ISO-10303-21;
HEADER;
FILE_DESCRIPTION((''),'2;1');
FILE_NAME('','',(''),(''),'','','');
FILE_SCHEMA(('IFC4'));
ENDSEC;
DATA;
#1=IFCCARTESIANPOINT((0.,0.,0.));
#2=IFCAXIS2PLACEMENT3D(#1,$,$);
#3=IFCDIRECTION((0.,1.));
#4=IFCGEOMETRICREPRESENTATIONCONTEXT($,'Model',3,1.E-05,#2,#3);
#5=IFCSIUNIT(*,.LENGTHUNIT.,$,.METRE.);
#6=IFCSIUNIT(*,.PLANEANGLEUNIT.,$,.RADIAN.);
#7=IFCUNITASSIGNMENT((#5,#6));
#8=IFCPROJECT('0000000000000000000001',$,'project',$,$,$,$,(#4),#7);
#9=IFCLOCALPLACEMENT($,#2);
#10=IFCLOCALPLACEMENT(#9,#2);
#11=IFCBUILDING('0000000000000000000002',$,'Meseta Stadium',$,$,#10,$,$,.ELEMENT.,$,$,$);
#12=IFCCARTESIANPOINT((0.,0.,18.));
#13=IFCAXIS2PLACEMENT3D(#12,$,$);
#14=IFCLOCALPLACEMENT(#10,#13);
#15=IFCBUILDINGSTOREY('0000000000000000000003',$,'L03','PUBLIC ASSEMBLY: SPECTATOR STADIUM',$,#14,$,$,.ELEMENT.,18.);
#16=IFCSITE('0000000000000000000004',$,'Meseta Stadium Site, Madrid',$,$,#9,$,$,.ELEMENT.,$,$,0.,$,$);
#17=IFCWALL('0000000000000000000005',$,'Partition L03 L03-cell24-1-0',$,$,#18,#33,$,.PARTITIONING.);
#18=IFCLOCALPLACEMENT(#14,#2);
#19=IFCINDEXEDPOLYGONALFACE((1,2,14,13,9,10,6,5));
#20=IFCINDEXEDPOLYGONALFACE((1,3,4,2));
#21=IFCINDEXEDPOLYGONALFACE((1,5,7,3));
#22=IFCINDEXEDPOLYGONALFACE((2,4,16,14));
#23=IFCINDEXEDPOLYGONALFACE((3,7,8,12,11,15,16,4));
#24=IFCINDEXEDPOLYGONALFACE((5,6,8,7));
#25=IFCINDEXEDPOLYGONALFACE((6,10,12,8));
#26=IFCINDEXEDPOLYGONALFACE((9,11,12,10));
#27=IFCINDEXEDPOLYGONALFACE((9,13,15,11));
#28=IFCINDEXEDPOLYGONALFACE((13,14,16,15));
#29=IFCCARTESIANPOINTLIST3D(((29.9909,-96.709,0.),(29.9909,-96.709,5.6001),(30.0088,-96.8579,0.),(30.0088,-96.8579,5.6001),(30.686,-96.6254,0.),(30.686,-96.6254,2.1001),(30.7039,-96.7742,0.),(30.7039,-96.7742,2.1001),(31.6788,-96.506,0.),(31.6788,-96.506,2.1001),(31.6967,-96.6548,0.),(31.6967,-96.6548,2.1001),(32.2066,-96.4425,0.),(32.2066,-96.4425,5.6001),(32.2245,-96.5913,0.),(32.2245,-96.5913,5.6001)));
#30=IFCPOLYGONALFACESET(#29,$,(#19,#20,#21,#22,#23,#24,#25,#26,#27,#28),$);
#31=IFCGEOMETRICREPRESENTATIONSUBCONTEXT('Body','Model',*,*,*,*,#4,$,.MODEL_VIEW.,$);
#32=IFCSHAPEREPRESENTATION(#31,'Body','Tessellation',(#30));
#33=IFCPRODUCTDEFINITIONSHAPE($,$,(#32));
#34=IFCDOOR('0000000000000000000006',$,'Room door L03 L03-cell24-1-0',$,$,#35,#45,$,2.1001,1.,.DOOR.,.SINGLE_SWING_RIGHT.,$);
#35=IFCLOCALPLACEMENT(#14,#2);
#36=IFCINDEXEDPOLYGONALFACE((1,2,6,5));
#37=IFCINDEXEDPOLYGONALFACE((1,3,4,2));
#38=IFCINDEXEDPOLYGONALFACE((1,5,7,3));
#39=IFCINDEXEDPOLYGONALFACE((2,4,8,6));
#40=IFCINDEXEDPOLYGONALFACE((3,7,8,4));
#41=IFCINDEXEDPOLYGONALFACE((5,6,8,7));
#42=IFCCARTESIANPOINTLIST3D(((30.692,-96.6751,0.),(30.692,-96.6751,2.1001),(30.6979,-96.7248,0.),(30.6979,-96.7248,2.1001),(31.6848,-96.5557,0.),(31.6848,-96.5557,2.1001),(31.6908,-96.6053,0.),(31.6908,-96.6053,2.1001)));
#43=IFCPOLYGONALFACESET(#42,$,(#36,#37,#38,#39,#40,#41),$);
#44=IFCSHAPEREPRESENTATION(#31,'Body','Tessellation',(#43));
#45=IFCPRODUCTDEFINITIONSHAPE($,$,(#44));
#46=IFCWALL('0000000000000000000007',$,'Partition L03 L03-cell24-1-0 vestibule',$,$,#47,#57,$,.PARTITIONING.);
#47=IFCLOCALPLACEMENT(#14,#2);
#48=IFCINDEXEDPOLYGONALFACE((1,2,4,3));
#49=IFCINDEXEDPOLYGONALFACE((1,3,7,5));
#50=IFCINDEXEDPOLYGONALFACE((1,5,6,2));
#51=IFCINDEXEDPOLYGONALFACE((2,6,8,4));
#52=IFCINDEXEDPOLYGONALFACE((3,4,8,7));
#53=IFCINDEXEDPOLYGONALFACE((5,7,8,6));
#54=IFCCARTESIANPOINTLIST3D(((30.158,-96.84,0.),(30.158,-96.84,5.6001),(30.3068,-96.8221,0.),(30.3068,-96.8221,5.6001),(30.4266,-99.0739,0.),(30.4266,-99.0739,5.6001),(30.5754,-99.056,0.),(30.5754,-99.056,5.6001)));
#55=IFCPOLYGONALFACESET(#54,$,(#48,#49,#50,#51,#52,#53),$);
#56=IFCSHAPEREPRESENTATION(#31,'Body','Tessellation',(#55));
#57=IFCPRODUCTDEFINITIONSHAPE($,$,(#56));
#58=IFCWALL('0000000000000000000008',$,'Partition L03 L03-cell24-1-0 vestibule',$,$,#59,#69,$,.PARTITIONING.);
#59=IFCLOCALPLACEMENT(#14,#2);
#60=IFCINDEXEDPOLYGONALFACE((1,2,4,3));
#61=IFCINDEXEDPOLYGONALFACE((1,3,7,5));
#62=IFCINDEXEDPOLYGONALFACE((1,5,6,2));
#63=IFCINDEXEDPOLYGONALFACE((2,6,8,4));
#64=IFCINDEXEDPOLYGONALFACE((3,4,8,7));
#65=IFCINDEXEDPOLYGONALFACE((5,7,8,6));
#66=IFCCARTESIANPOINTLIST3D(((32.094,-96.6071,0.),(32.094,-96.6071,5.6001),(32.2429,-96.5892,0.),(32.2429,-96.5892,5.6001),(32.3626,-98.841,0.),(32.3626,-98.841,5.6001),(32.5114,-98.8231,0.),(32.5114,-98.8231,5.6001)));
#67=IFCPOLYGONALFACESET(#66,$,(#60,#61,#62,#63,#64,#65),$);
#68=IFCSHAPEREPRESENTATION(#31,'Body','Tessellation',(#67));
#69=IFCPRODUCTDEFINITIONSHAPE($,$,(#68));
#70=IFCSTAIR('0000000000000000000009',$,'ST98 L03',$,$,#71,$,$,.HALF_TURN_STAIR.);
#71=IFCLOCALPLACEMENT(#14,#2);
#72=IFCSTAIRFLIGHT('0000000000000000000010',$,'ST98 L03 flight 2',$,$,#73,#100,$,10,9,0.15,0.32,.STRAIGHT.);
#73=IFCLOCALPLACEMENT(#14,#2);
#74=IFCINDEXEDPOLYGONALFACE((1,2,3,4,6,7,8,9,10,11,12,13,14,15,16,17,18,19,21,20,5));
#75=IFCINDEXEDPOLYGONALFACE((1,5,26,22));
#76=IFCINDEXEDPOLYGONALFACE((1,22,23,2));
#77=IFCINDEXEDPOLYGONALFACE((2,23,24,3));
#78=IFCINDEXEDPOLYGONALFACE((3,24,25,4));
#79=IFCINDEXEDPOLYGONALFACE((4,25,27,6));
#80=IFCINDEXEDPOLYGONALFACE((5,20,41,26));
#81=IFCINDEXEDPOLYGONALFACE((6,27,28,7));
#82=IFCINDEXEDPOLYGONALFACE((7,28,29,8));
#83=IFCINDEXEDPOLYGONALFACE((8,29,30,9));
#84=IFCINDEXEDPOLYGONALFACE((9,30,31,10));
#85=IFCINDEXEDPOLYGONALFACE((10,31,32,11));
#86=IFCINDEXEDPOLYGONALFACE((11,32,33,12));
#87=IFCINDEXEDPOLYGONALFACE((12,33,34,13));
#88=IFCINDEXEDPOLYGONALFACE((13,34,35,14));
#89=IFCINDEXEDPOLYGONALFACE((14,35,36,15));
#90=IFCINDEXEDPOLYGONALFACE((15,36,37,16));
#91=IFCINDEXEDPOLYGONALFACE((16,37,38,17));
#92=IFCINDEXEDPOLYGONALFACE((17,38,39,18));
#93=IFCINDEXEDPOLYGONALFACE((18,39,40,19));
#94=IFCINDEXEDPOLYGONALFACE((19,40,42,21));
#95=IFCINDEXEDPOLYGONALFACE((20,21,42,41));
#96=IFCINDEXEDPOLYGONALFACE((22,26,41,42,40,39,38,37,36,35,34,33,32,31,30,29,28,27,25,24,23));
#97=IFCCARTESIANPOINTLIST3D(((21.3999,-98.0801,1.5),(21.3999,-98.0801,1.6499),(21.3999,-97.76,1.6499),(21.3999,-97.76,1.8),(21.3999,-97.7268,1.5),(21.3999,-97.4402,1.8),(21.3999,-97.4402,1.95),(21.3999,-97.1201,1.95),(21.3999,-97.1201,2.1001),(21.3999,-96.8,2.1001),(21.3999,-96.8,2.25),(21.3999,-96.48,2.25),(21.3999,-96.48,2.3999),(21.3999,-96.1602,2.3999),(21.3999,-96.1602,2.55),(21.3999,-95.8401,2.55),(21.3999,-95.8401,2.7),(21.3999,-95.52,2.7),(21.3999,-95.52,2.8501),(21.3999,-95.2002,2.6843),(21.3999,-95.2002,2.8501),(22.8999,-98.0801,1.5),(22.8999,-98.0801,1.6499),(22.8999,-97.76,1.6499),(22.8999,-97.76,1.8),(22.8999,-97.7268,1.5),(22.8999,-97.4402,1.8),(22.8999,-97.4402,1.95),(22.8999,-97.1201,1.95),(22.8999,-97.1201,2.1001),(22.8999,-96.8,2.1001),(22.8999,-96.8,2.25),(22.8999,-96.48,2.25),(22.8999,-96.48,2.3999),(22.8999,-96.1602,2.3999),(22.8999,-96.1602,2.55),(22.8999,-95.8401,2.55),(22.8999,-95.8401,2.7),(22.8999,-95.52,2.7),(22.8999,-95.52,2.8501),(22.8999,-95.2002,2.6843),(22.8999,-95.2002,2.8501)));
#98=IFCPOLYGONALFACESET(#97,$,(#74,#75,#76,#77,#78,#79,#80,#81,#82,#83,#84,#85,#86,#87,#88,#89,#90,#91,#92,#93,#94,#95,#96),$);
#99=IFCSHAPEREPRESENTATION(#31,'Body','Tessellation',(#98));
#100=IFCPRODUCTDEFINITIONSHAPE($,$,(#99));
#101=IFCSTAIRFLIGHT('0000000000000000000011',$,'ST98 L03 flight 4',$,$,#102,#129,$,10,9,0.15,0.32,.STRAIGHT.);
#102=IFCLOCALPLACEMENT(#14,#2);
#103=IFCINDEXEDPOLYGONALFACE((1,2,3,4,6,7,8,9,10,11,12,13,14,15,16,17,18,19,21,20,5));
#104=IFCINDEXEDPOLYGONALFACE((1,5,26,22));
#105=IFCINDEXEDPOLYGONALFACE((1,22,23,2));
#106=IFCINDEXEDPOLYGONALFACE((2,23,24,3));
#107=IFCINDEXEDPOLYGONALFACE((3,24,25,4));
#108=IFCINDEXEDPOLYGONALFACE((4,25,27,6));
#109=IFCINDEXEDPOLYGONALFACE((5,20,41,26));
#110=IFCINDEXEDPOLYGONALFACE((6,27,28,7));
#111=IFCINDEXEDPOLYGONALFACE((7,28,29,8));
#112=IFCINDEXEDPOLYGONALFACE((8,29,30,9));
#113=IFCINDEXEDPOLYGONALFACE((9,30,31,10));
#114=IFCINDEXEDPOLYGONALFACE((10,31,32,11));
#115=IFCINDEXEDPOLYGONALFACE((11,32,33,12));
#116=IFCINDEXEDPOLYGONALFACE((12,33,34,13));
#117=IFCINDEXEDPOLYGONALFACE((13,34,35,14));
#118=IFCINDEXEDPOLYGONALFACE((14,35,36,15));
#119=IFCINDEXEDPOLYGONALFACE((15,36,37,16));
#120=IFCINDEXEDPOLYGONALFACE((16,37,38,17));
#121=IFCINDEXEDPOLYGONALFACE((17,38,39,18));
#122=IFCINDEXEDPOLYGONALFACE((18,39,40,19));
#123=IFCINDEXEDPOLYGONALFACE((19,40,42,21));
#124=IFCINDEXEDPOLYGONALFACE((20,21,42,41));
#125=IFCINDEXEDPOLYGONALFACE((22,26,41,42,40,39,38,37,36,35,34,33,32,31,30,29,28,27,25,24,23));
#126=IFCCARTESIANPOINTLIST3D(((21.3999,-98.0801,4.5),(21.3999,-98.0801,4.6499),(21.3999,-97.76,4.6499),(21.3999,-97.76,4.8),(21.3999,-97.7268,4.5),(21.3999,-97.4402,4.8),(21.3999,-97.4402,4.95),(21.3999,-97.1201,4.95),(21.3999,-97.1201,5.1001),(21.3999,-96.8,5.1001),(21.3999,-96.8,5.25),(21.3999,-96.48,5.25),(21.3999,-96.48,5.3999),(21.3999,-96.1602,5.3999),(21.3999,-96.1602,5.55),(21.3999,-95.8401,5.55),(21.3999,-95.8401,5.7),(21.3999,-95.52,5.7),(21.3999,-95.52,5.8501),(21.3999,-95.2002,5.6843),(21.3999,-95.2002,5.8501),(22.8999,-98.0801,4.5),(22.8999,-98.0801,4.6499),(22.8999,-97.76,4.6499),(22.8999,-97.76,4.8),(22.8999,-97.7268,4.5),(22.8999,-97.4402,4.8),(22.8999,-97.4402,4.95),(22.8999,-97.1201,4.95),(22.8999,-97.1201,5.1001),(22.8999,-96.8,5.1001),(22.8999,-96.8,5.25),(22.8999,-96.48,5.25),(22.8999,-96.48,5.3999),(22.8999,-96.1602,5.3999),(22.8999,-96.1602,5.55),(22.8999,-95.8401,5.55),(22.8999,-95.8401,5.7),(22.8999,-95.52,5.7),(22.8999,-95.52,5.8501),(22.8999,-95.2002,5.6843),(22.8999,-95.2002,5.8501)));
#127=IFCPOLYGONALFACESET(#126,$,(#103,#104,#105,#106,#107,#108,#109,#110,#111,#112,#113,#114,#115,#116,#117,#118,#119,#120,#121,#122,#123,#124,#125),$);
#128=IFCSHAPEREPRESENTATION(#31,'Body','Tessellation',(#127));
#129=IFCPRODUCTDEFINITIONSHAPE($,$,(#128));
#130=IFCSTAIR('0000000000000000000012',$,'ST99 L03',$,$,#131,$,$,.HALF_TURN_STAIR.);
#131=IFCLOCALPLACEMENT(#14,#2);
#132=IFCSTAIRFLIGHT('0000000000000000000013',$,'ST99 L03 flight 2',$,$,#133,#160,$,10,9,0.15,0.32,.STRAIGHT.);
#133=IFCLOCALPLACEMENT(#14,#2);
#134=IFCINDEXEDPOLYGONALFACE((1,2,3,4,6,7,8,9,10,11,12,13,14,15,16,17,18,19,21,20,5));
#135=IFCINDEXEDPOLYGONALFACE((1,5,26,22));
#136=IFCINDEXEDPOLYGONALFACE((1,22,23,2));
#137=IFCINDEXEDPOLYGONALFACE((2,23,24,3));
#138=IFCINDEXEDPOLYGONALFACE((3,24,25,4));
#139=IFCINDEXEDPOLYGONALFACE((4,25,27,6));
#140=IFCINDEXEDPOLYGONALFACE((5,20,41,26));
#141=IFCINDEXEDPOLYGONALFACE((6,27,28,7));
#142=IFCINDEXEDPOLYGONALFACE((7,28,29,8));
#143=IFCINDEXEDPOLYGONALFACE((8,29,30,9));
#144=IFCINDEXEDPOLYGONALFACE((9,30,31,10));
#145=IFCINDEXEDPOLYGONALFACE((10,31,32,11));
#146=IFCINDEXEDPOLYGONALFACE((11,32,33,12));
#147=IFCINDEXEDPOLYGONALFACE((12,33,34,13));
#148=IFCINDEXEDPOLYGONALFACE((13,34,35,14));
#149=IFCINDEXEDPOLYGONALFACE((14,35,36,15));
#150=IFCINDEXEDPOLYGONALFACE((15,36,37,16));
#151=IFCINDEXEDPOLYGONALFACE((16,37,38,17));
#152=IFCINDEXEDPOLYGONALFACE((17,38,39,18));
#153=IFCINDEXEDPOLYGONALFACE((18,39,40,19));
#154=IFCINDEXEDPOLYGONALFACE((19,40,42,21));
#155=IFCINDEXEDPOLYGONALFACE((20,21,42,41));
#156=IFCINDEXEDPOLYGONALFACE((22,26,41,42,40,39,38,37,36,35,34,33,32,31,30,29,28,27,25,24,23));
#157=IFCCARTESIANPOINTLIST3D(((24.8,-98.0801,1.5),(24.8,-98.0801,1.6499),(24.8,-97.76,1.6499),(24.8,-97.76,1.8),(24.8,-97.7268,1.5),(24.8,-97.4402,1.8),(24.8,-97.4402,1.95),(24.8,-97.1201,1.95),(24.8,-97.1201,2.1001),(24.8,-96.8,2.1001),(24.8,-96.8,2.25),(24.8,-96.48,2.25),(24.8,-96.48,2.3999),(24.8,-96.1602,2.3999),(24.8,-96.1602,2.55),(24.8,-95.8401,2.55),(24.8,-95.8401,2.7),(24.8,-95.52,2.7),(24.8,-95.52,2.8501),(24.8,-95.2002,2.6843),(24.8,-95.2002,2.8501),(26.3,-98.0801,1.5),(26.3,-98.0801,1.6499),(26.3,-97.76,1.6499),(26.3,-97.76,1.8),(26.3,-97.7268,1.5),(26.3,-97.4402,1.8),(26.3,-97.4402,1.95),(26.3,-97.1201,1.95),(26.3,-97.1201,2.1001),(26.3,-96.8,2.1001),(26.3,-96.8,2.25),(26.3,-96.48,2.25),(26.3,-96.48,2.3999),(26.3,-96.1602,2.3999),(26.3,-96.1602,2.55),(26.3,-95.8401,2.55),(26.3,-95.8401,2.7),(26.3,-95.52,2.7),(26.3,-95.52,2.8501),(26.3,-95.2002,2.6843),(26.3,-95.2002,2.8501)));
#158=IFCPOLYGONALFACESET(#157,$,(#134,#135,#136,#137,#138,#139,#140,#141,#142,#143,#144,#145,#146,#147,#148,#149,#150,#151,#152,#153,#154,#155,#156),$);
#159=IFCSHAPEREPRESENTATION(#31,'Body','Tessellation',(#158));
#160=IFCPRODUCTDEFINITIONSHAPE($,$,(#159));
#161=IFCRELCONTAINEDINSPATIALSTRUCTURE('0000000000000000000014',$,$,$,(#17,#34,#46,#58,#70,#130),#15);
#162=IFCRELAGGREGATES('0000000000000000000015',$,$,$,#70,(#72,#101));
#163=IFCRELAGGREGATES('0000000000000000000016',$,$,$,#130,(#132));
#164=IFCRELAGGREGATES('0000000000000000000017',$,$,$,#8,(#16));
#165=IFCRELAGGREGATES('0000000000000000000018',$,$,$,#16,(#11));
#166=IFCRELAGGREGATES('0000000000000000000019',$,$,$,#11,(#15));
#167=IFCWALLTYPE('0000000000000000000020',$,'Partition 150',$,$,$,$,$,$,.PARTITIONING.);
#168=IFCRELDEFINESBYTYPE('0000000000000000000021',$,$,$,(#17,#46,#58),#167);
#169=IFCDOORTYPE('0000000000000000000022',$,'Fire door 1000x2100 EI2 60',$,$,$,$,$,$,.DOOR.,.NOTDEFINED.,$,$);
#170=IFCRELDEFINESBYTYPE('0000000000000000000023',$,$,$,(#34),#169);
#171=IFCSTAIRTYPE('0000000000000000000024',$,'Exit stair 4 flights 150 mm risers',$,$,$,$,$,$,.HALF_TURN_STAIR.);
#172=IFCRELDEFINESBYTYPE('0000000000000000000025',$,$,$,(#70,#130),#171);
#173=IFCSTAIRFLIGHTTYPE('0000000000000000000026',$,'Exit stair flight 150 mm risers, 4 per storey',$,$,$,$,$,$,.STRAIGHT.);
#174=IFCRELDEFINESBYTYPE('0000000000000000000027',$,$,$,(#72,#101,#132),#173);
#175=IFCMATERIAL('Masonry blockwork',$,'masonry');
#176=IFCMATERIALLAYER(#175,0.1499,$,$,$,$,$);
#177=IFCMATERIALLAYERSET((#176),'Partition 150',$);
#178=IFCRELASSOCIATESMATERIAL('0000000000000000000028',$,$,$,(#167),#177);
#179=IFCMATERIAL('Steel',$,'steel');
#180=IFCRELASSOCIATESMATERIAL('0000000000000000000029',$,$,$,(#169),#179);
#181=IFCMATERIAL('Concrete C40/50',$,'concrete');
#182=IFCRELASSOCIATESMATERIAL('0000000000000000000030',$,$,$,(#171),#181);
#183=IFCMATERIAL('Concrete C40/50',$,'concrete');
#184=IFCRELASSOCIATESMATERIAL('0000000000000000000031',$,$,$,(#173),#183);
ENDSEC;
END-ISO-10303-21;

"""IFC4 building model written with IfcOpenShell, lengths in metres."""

from ifc_helpers import new_model, si_unit, direction, frame, frame_2d, origin, place, context, subcontext, project, spatial, polyline, rectangle, outline, extrude, material, layer, layer_set, type_object, element, fill, aggregate, save


model = new_model("IFC4")

# Units and contexts
model_context = context("Model", 3, precision=1e-05, world=origin(), true_north=direction((0.0, 1.0)))
body_context = subcontext(model_context, "Body", "Model", "MODEL_VIEW")
ifc_project = project(units=[si_unit("LENGTHUNIT", "METRE"), si_unit("PLANEANGLEUNIT", "RADIAN")], contexts=[model_context])

# Site, building, storey
site_placement = place(None, origin())
site = spatial("IfcSite", under=ifc_project, at=site_placement, Name="Meseta Stadium Site, Madrid", CompositionType="ELEMENT", RefElevation=0.0)
building_placement = place(site_placement, origin())
building = spatial("IfcBuilding", under=site, at=building_placement, Name="Meseta Stadium", CompositionType="ELEMENT")
storey_placement = place(building_placement, frame((0.0, 0.0, 18.0)))
storey = spatial("IfcBuildingStorey", under=building, at=storey_placement, Name="L03", Description="PUBLIC ASSEMBLY: SPECTATOR STADIUM", CompositionType="ELEMENT", Elevation=18.0)

# Wall, opening, door
ifc_material_1 = material(Name="Masonry blockwork", Category="masonry")
ifc_layer = layer(ifc_material_1, 0.1499)
ifc_layer_set = layer_set([ifc_layer], Name="Partition 150")
wall_type = type_object("IfcWallType", Name="Partition 150", PredefinedType="PARTITIONING", material=ifc_layer_set)
wall_placement = place(storey_placement, frame((30.0, -96.7834, 0.0), z_axis=(0.0, 0.0, 1.0), x_axis=(0.99284, 0.119456, 0.0)))
wall = element("IfcWall", 1, at=wall_placement, inside=storey, type_object=wall_type, Name="Partition L03 L03-cell24-1-0", PredefinedType="PARTITIONING", context=body_context, shape_type="SweptSolid", body=[
    extrude(rectangle(XDim=2.2317, YDim=0.1499, at=frame_2d((1.1157, 0.0))), origin(), (0.0, 0.0, 1.0), 5.6001),
])
opening_placement = place(wall_placement, frame((0.7, 0.0, 0.0)))
opening = element("IfcOpeningElement", 2, at=opening_placement, cuts=wall, PredefinedType="OPENING", context=body_context, shape_type="SweptSolid", body=[
    extrude(rectangle(XDim=1.0, YDim=2.1001, at=frame_2d((0.5, 1.05))), frame((0.0, 0.085, 0.0), z_axis=(0.0, -1.0, 0.0), x_axis=(1.0, 0.0, 0.0)), (0.0, 0.0, 1.0), 0.1699),
])
ifc_material_2 = material(Name="Steel", Category="steel")
door_type = type_object("IfcDoorType", Name="Fire door 1000x2100 EI2 60", OperationType="NOTDEFINED", PredefinedType="DOOR", material=ifc_material_2)
door_placement = place(opening_placement, origin())
door = element("IfcDoor", 3, at=door_placement, inside=storey, type_object=door_type, Name="Room door L03 L03-cell24-1-0", OperationType="SINGLE_SWING_RIGHT", OverallHeight=2.1001, OverallWidth=1.0, PredefinedType="DOOR", context=body_context, shape_type="SweptSolid", body=[
    extrude(rectangle(XDim=1.0, YDim=2.1001, at=frame_2d((0.5, 1.05))), frame((0.0, 0.0249, 0.0), z_axis=(0.0, -1.0, 0.0), x_axis=(1.0, 0.0, 0.0)), (0.0, 0.0, 1.0), 0.05),
])
fill(opening, door)

# Walls
for number, where, z_axis, x_axis, name in (
    (4, (30.2324, -96.8311, 0.0), (0.0, 0.0, 1.0), (0.119359, -0.992851, 0.0), "Partition L03 L03-cell24-1-0 vestibule"),
    (5, (32.1685, -96.5981, 0.0), (0.0, 0.0, 1.0), (0.119359, -0.992851, 0.0), "Partition L03 L03-cell24-1-0 vestibule"),
):
    element("IfcWall", number, at=place(storey_placement, frame(where, z_axis=z_axis, x_axis=x_axis)), inside=storey, type_object=wall_type, Name=name, PredefinedType="PARTITIONING", context=body_context, shape_type="SweptSolid", body=[
        extrude(rectangle(XDim=2.25, YDim=0.1499, at=frame_2d((1.125, 0.0))), origin(), (0.0, 0.0, 1.0), 5.6001),
    ])

# Stairs, stair flights
ifc_material_3 = material(Name="Concrete C40/50", Category="concrete")
stair_type = type_object("IfcStairType", Name="Exit stair 4 flights 150 mm risers", PredefinedType="HALF_TURN_STAIR", material=ifc_material_3)
stair_1_placement = place(storey_placement, origin())
stair_1 = element("IfcStair", 6, at=stair_1_placement, inside=storey, type_object=stair_type, Name="ST98 L03", PredefinedType="HALF_TURN_STAIR")
ifc_material_4 = material(Name="Concrete C40/50", Category="concrete")
stair_flight_type = type_object("IfcStairFlightType", Name="Exit stair flight 150 mm risers, 4 per storey", PredefinedType="STRAIGHT", material=ifc_material_4)
stair_flight_1_placement = place(storey_placement, frame((22.1499, -98.0801, 1.5), z_axis=(0.0, 0.0, 1.0), x_axis=(0.0, 1.0, 0.0)))
stair_flight_1 = element("IfcStairFlight", 7, at=stair_flight_1_placement, type_object=stair_flight_type, Name="ST98 L03 flight 2", NumberOfRisers=10, NumberOfTreads=9, PredefinedType="STRAIGHT", RiserHeight=0.15, TreadLength=0.32, context=body_context, shape_type="SweptSolid", body=[
    extrude(outline(polyline([(0.0, 0.0), (0.0, 0.1499), (0.3201, 0.1499), (0.3201, 0.3), (0.6399, 0.3), (0.6399, 0.45), (0.96, 0.45), (0.96, 0.6001), (1.28, 0.6001), (1.28, 0.75), (1.6001, 0.75), (1.6001, 0.8999), (1.9199, 0.8999), (1.9199, 1.05), (2.24, 1.05), (2.24, 1.2), (2.5601, 1.2), (2.5601, 1.3501), (2.8799, 1.3501), (2.8799, 1.1843), (0.3533, 0.0), (0.0, 0.0)])), frame((0.0, 0.75, 0.0), z_axis=(0.0, -1.0, 0.0), x_axis=(1.0, 0.0, 0.0)), (0.0, 0.0, 1.0), 1.5),
])
stair_flight_2_placement = place(storey_placement, frame((22.1499, -98.0801, 4.5), z_axis=(0.0, 0.0, 1.0), x_axis=(0.0, 1.0, 0.0)))
stair_flight_2 = element("IfcStairFlight", 8, at=stair_flight_2_placement, type_object=stair_flight_type, Name="ST98 L03 flight 4", NumberOfRisers=10, NumberOfTreads=9, PredefinedType="STRAIGHT", RiserHeight=0.15, TreadLength=0.32, context=body_context, shape_type="SweptSolid", body=[
    extrude(outline(polyline([(0.0, 0.0), (0.0, 0.1499), (0.3201, 0.1499), (0.3201, 0.3), (0.6399, 0.3), (0.6399, 0.45), (0.96, 0.45), (0.96, 0.6001), (1.28, 0.6001), (1.28, 0.75), (1.6001, 0.75), (1.6001, 0.8999), (1.9199, 0.8999), (1.9199, 1.05), (2.24, 1.05), (2.24, 1.2), (2.5601, 1.2), (2.5601, 1.3501), (2.8799, 1.3501), (2.8799, 1.1843), (0.3533, 0.0), (0.0, 0.0)])), frame((0.0, 0.75, 0.0), z_axis=(0.0, -1.0, 0.0), x_axis=(1.0, 0.0, 0.0)), (0.0, 0.0, 1.0), 1.5),
])
aggregate(stair_1, [stair_flight_1, stair_flight_2])
stair_2_placement = place(storey_placement, origin())
stair_2 = element("IfcStair", 9, at=stair_2_placement, inside=storey, type_object=stair_type, Name="ST99 L03", PredefinedType="HALF_TURN_STAIR")
stair_flight_3_placement = place(storey_placement, frame((25.55, -98.0801, 1.5), z_axis=(0.0, 0.0, 1.0), x_axis=(0.0, 1.0, 0.0)))
stair_flight_3 = element("IfcStairFlight", 10, at=stair_flight_3_placement, type_object=stair_flight_type, Name="ST99 L03 flight 2", NumberOfRisers=10, NumberOfTreads=9, PredefinedType="STRAIGHT", RiserHeight=0.15, TreadLength=0.32, context=body_context, shape_type="SweptSolid", body=[
    extrude(outline(polyline([(0.0, 0.0), (0.0, 0.1499), (0.3201, 0.1499), (0.3201, 0.3), (0.6399, 0.3), (0.6399, 0.45), (0.96, 0.45), (0.96, 0.6001), (1.28, 0.6001), (1.28, 0.75), (1.6001, 0.75), (1.6001, 0.8999), (1.9199, 0.8999), (1.9199, 1.05), (2.24, 1.05), (2.24, 1.2), (2.5601, 1.2), (2.5601, 1.3501), (2.8799, 1.3501), (2.8799, 1.1843), (0.3533, 0.0), (0.0, 0.0)])), frame((0.0, 0.75, 0.0), z_axis=(0.0, -1.0, 0.0), x_axis=(1.0, 0.0, 0.0)), (0.0, 0.0, 1.0), 1.5),
])
aggregate(stair_2, [stair_flight_3])

save(model, "model.ifc")
